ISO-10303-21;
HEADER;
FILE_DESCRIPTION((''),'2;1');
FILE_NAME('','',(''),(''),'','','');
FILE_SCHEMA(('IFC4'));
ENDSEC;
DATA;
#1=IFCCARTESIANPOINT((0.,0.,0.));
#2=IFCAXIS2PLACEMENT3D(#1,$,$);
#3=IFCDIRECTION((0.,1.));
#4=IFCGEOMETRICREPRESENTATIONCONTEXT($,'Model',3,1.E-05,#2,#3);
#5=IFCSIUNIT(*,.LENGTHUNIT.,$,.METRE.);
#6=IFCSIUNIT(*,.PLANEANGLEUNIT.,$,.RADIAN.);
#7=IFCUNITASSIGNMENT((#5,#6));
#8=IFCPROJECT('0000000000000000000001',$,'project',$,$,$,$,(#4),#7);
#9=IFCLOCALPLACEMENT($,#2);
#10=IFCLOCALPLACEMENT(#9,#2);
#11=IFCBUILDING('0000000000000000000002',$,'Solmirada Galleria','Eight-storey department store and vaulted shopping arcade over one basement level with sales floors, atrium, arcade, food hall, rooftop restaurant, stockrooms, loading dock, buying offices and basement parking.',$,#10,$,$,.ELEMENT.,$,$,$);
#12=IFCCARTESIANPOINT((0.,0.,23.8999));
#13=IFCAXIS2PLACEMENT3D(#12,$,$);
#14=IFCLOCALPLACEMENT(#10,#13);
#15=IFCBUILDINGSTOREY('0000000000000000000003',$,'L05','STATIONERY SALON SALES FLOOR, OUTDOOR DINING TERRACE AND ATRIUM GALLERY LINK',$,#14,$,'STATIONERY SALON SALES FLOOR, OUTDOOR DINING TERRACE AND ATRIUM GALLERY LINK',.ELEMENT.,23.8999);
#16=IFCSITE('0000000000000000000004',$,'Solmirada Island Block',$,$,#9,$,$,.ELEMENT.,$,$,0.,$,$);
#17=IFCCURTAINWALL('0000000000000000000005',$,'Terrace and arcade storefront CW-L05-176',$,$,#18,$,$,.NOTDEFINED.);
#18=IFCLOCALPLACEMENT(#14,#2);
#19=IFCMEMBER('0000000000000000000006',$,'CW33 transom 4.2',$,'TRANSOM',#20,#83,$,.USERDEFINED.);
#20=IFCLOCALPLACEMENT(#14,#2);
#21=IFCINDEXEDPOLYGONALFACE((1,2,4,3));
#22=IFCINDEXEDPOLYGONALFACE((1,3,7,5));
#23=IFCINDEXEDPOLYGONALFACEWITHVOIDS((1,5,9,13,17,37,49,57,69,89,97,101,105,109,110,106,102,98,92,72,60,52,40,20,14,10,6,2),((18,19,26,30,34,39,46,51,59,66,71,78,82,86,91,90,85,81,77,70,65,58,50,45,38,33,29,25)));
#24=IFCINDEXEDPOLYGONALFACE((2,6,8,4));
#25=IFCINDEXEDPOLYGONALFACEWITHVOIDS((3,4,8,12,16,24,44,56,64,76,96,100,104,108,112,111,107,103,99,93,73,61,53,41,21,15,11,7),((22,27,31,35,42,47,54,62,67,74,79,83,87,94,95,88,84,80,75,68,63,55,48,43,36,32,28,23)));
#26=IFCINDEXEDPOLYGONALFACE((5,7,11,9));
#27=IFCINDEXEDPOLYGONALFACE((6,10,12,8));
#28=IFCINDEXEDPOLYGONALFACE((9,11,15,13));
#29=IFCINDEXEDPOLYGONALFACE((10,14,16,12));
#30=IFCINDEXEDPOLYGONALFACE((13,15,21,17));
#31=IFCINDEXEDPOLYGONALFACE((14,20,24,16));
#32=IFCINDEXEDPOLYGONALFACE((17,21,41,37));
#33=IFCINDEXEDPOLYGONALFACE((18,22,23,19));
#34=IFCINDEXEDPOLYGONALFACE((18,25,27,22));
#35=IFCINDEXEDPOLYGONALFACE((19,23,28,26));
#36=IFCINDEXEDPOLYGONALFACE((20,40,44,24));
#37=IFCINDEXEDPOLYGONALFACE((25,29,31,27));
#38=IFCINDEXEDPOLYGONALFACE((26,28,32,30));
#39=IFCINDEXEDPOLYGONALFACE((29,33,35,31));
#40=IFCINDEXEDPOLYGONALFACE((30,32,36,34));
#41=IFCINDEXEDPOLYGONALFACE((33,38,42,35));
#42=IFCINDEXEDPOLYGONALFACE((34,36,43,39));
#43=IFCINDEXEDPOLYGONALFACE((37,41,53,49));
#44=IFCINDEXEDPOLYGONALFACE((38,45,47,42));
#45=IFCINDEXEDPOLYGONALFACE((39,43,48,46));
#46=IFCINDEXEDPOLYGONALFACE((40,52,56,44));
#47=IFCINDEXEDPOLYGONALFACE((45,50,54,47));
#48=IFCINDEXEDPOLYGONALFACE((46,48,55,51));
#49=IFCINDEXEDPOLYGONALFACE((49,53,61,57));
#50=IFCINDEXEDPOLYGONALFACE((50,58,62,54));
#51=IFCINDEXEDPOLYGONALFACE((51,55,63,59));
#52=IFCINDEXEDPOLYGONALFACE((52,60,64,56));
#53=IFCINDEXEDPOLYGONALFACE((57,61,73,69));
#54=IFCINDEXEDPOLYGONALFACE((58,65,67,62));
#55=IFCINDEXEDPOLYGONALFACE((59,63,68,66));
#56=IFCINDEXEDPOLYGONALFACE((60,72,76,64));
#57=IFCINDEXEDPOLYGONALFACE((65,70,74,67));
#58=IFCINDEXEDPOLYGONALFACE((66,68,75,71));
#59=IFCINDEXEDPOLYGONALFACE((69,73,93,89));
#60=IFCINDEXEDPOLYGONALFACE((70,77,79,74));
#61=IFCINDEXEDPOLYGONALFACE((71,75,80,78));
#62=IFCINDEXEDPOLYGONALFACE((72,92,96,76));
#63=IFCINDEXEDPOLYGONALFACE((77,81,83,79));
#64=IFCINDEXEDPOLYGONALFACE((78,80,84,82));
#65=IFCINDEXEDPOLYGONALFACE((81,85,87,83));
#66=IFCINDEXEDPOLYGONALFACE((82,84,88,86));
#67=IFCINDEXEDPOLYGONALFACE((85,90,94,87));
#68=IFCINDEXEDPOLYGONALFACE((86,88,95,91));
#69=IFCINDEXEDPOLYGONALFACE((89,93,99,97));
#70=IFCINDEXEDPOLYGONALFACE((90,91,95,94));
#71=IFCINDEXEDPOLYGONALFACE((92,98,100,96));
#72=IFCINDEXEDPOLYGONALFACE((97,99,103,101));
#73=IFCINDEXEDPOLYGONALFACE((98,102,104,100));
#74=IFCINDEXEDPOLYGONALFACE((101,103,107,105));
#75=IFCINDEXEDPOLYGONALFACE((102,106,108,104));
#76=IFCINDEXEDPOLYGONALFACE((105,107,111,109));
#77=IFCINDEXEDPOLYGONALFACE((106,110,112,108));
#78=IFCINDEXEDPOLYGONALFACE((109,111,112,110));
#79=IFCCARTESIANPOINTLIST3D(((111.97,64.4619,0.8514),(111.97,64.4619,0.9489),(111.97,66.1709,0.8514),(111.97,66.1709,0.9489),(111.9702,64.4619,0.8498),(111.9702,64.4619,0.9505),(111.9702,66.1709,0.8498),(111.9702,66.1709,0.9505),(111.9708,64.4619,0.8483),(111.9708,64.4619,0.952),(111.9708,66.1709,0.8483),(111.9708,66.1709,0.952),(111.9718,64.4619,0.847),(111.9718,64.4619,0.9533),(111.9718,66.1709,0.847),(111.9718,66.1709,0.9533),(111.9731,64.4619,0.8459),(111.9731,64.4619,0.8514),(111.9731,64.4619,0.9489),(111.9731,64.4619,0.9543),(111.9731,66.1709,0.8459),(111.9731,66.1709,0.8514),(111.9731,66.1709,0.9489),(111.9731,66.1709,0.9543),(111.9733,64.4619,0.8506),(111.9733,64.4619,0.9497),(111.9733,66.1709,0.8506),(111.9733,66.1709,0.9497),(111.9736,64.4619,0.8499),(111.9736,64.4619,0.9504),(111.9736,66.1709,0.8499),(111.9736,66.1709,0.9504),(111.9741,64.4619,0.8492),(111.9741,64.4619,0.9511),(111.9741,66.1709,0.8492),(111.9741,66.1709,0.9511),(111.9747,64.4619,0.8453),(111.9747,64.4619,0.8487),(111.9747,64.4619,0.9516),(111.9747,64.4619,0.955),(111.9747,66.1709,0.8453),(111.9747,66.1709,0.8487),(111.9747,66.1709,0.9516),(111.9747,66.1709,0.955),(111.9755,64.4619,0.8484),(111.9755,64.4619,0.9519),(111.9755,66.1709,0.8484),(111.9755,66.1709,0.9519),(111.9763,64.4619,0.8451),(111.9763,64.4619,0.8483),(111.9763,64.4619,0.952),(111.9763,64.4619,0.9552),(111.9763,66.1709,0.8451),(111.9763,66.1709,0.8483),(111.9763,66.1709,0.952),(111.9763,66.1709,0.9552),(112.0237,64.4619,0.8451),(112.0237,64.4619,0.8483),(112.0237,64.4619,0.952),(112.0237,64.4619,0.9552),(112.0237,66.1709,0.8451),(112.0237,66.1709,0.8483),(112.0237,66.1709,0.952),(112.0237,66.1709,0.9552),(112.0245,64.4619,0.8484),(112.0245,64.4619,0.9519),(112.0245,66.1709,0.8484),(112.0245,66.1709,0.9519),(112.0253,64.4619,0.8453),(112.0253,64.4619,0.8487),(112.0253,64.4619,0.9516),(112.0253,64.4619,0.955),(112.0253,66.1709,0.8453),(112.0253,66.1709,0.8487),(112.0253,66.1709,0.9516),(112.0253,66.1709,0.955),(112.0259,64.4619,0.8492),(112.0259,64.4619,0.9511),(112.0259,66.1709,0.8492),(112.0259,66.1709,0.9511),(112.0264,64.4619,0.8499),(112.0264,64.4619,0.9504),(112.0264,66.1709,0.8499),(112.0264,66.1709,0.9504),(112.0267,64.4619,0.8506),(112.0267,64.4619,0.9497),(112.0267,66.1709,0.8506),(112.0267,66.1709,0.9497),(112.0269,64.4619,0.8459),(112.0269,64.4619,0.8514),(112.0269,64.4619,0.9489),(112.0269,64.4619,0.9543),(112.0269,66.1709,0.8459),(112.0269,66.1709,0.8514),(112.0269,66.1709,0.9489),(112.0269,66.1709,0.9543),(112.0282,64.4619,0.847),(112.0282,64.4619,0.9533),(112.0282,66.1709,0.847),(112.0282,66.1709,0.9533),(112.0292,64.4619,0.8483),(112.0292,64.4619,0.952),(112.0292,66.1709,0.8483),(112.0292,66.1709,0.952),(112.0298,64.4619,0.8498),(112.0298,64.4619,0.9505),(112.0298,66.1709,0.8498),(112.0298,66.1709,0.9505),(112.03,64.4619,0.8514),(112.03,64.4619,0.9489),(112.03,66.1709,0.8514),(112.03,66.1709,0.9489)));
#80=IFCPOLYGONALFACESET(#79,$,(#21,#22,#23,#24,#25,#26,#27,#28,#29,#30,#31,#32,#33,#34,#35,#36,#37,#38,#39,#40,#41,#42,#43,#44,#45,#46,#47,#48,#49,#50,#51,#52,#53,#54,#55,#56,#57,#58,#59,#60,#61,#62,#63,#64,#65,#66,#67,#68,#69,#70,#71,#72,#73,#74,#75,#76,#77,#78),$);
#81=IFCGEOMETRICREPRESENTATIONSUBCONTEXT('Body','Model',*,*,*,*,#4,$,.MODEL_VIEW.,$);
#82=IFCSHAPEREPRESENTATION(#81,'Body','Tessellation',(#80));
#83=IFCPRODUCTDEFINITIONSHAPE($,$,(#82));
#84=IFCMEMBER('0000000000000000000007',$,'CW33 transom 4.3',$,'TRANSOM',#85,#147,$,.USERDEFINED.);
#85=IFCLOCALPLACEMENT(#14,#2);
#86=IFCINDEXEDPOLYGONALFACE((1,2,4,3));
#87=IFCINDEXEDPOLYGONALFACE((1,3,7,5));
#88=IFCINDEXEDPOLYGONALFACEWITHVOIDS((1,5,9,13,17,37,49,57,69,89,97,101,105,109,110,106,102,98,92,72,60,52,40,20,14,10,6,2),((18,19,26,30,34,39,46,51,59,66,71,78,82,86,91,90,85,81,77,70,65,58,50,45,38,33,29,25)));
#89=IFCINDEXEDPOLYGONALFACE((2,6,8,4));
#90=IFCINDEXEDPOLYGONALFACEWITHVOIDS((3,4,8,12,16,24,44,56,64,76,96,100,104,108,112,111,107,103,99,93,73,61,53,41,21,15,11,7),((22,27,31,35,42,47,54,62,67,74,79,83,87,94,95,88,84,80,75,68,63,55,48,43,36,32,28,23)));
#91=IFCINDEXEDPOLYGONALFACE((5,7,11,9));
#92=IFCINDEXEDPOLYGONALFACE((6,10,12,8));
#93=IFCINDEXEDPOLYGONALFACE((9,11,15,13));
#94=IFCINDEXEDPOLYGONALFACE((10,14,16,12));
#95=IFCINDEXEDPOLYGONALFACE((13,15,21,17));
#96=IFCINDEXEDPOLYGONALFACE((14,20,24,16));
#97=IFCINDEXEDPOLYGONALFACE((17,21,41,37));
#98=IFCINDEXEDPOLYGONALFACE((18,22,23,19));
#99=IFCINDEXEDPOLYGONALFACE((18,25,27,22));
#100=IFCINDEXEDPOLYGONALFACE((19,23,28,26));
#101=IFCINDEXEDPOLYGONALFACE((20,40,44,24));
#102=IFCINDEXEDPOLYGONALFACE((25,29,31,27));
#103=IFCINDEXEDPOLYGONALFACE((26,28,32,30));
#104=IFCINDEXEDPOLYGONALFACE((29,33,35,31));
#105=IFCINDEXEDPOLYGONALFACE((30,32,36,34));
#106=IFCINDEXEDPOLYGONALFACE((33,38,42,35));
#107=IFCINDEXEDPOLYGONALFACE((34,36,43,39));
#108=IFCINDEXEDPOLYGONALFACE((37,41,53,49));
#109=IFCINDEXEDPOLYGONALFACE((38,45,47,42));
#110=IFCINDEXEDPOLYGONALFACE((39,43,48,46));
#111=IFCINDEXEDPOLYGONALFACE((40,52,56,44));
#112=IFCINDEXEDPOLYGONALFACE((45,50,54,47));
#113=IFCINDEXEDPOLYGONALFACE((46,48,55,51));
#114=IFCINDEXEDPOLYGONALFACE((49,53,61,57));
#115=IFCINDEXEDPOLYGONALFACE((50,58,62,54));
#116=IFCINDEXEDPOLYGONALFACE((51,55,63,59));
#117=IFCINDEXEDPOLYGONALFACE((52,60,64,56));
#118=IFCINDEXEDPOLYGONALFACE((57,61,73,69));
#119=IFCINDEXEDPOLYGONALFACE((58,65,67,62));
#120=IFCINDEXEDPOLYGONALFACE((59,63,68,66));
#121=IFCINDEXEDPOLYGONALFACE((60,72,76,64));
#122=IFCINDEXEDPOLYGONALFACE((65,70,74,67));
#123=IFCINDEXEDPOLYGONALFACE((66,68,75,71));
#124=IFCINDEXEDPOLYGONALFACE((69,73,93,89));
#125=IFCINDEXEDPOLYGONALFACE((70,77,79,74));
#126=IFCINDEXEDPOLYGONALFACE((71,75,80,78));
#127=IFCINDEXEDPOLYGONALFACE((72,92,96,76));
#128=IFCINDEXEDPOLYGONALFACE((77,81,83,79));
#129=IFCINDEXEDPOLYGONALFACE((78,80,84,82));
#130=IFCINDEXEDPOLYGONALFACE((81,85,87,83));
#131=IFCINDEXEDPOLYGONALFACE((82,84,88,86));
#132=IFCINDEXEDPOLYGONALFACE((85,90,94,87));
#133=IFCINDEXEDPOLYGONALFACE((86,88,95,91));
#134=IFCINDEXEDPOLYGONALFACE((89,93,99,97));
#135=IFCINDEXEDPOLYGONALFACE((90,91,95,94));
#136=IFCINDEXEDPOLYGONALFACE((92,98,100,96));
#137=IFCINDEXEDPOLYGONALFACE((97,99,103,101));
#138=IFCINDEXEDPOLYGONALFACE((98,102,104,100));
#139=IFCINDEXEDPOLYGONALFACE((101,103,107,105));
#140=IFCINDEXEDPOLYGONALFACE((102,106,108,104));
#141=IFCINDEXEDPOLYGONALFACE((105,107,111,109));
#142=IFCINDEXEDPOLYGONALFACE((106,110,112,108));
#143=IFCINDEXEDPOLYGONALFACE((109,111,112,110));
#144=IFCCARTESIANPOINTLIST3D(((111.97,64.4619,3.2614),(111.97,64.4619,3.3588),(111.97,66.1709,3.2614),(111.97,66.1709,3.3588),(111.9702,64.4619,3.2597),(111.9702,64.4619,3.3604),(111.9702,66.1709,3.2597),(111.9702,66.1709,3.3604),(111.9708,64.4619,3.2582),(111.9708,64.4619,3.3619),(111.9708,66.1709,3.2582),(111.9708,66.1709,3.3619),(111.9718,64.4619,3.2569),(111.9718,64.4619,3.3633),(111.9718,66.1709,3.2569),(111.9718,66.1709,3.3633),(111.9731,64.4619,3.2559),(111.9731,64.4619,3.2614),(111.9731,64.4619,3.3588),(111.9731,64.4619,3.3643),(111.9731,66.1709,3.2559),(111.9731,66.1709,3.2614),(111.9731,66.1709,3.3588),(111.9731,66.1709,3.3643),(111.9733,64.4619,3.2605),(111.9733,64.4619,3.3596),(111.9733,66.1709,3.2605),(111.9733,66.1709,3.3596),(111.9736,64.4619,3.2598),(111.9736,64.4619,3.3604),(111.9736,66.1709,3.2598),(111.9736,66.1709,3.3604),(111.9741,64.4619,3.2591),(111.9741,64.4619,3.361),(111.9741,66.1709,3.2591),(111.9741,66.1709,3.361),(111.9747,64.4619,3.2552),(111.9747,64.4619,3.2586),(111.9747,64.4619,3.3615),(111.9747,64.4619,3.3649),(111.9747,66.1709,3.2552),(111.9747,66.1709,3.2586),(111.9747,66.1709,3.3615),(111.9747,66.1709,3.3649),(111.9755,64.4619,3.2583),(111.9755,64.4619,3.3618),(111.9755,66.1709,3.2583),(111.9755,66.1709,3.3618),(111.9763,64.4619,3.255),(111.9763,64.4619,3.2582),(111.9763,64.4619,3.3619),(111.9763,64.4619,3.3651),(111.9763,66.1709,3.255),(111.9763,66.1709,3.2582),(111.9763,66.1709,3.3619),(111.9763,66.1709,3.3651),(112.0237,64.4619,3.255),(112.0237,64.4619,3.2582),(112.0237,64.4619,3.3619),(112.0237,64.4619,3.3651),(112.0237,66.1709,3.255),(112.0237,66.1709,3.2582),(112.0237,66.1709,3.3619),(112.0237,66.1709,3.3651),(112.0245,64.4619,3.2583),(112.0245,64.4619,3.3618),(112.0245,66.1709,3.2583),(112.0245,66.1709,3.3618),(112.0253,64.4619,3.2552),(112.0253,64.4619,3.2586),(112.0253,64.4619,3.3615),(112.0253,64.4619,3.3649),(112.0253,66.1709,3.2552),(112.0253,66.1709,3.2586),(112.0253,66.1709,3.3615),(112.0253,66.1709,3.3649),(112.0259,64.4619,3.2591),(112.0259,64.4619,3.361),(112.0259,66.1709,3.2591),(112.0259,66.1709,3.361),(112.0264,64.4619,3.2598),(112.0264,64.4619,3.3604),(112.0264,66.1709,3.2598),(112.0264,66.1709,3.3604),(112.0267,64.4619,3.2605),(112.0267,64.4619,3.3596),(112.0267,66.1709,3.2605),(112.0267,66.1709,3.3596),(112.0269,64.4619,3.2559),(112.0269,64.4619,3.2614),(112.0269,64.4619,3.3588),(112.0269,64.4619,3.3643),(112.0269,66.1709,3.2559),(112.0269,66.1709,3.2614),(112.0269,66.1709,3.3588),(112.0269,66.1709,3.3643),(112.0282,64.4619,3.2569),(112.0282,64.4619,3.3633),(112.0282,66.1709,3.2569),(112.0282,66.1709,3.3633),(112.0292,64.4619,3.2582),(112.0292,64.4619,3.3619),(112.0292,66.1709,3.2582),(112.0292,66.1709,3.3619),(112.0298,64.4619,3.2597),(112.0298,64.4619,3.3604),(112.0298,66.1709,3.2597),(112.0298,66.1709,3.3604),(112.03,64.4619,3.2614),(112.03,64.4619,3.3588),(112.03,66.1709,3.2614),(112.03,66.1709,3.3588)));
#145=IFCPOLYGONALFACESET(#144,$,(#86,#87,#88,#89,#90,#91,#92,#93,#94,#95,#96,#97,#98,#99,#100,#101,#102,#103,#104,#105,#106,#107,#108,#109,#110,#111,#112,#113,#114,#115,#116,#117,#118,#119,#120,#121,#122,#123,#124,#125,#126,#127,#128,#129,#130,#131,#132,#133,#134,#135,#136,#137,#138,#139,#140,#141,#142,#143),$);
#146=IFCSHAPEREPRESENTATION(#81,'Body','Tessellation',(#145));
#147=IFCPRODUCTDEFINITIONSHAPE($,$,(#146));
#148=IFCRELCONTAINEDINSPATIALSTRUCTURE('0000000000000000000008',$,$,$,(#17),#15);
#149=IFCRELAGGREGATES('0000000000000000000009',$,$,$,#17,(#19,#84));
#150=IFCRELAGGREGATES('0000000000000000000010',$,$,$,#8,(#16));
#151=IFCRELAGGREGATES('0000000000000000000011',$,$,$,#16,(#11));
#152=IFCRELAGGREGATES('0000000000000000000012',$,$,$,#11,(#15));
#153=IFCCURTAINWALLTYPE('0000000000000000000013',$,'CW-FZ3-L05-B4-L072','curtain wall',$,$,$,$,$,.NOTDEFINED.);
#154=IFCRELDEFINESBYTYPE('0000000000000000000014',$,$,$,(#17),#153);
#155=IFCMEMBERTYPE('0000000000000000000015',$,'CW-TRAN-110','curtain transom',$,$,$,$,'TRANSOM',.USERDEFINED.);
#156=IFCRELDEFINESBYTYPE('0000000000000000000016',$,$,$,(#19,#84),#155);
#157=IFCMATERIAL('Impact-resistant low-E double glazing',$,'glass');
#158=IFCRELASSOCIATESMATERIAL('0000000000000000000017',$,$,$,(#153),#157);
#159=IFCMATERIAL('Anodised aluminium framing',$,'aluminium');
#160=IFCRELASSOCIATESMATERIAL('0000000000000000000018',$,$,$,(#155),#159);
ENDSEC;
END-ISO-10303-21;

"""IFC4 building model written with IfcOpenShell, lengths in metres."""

from ifc_helpers import new_model, si_unit, direction, frame, origin, origin_2d, place, context, subcontext, project, spatial, hollow_rectangle, extrude, material, material_profile, profile_set, type_object, element, aggregate, save


model = new_model("IFC4")

# Units and contexts
model_context = context("Model", 3, precision=1e-05, world=origin(), true_north=direction((0.0, 1.0)))
body_context = subcontext(model_context, "Body", "Model", "MODEL_VIEW")
ifc_project = project(units=[si_unit("LENGTHUNIT", "METRE"), si_unit("PLANEANGLEUNIT", "RADIAN")], contexts=[model_context])

# Site, building, storey
site_placement = place(None, origin())
site = spatial("IfcSite", under=ifc_project, at=site_placement, Name="Solmirada Island Block", CompositionType="ELEMENT", RefElevation=0.0)
building_placement = place(site_placement, origin())
building = spatial("IfcBuilding", under=site, at=building_placement, Name="Solmirada Galleria", Description="Eight-storey department store and vaulted shopping arcade over one basement level with sales floors, atrium, arcade, food hall, rooftop restaurant, stockrooms, loading dock, buying offices and basement parking.", CompositionType="ELEMENT")
storey_placement = place(building_placement, frame((0.0, 0.0, 23.8999)))
storey = spatial("IfcBuildingStorey", under=building, at=storey_placement, Name="L05", Description="STATIONERY SALON SALES FLOOR, OUTDOOR DINING TERRACE AND ATRIUM GALLERY LINK", LongName="STATIONERY SALON SALES FLOOR, OUTDOOR DINING TERRACE AND ATRIUM GALLERY LINK", CompositionType="ELEMENT", Elevation=23.8999)

# Curtain wall
ifc_material_1 = material(Name="Impact-resistant low-E double glazing", Category="glass")
curtain_wall_type = type_object("IfcCurtainWallType", Name="CW-FZ3-L05-B4-L072", Description="curtain wall", PredefinedType="NOTDEFINED", material=ifc_material_1)
curtain_wall_1_placement = place(storey_placement, origin())
curtain_wall_1 = element("IfcCurtainWall", 1, at=curtain_wall_1_placement, inside=storey, type_object=curtain_wall_type, Name="Terrace and arcade storefront CW-L05-176", PredefinedType="NOTDEFINED")
ifc_material_2 = material(Name="Anodised aluminium framing", Category="aluminium")

# Members
ifc_material_profile_1 = material_profile(ifc_material_2, hollow_rectangle(XDim=0.0601, YDim=0.1101, WallThickness=0.0032, InnerFilletRadius=0.0032, OuterFilletRadius=0.0063, at=origin_2d()), Name="ALU-TRAN-110X60")
ifc_profile_set_1 = profile_set([ifc_material_profile_1], Name="Anodised aluminium framing")
member_type_1 = type_object("IfcMemberType", Name="CW-TRAN-110", Description="curtain transom", ElementType="TRANSOM", PredefinedType="USERDEFINED", material=ifc_profile_set_1)
member_1_placement = place(storey_placement, frame((112.0, 66.1709, 0.9001), z_axis=(0.0, -1.0, 0.0), x_axis=(1.0, 0.0, 0.0)))
member_1 = element("IfcMember", 2, at=member_1_placement, type_object=member_type_1, Name="CW33 transom 4.2", ObjectType="TRANSOM", PredefinedType="USERDEFINED", context=body_context, shape_type="SweptSolid", body=[
    extrude(hollow_rectangle(XDim=0.0601, YDim=0.1101, WallThickness=0.0032, InnerFilletRadius=0.0032, OuterFilletRadius=0.0063, at=origin_2d()), origin(), (0.0, 0.0, 1.0), 1.709),
])
member_2_placement = place(storey_placement, frame((112.0, 66.1709, 3.3101), z_axis=(0.0, -1.0, 0.0), x_axis=(1.0, 0.0, 0.0)))
member_2 = element("IfcMember", 3, at=member_2_placement, type_object=member_type_1, Name="CW33 transom 4.3", ObjectType="TRANSOM", PredefinedType="USERDEFINED", context=body_context, shape_type="SweptSolid", body=[
    extrude(hollow_rectangle(XDim=0.0601, YDim=0.1101, WallThickness=0.0032, InnerFilletRadius=0.0032, OuterFilletRadius=0.0063, at=origin_2d()), origin(), (0.0, 0.0, 1.0), 1.709),
])

aggregate(curtain_wall_1, [member_1, member_2])

save(model, "model.ifc")
